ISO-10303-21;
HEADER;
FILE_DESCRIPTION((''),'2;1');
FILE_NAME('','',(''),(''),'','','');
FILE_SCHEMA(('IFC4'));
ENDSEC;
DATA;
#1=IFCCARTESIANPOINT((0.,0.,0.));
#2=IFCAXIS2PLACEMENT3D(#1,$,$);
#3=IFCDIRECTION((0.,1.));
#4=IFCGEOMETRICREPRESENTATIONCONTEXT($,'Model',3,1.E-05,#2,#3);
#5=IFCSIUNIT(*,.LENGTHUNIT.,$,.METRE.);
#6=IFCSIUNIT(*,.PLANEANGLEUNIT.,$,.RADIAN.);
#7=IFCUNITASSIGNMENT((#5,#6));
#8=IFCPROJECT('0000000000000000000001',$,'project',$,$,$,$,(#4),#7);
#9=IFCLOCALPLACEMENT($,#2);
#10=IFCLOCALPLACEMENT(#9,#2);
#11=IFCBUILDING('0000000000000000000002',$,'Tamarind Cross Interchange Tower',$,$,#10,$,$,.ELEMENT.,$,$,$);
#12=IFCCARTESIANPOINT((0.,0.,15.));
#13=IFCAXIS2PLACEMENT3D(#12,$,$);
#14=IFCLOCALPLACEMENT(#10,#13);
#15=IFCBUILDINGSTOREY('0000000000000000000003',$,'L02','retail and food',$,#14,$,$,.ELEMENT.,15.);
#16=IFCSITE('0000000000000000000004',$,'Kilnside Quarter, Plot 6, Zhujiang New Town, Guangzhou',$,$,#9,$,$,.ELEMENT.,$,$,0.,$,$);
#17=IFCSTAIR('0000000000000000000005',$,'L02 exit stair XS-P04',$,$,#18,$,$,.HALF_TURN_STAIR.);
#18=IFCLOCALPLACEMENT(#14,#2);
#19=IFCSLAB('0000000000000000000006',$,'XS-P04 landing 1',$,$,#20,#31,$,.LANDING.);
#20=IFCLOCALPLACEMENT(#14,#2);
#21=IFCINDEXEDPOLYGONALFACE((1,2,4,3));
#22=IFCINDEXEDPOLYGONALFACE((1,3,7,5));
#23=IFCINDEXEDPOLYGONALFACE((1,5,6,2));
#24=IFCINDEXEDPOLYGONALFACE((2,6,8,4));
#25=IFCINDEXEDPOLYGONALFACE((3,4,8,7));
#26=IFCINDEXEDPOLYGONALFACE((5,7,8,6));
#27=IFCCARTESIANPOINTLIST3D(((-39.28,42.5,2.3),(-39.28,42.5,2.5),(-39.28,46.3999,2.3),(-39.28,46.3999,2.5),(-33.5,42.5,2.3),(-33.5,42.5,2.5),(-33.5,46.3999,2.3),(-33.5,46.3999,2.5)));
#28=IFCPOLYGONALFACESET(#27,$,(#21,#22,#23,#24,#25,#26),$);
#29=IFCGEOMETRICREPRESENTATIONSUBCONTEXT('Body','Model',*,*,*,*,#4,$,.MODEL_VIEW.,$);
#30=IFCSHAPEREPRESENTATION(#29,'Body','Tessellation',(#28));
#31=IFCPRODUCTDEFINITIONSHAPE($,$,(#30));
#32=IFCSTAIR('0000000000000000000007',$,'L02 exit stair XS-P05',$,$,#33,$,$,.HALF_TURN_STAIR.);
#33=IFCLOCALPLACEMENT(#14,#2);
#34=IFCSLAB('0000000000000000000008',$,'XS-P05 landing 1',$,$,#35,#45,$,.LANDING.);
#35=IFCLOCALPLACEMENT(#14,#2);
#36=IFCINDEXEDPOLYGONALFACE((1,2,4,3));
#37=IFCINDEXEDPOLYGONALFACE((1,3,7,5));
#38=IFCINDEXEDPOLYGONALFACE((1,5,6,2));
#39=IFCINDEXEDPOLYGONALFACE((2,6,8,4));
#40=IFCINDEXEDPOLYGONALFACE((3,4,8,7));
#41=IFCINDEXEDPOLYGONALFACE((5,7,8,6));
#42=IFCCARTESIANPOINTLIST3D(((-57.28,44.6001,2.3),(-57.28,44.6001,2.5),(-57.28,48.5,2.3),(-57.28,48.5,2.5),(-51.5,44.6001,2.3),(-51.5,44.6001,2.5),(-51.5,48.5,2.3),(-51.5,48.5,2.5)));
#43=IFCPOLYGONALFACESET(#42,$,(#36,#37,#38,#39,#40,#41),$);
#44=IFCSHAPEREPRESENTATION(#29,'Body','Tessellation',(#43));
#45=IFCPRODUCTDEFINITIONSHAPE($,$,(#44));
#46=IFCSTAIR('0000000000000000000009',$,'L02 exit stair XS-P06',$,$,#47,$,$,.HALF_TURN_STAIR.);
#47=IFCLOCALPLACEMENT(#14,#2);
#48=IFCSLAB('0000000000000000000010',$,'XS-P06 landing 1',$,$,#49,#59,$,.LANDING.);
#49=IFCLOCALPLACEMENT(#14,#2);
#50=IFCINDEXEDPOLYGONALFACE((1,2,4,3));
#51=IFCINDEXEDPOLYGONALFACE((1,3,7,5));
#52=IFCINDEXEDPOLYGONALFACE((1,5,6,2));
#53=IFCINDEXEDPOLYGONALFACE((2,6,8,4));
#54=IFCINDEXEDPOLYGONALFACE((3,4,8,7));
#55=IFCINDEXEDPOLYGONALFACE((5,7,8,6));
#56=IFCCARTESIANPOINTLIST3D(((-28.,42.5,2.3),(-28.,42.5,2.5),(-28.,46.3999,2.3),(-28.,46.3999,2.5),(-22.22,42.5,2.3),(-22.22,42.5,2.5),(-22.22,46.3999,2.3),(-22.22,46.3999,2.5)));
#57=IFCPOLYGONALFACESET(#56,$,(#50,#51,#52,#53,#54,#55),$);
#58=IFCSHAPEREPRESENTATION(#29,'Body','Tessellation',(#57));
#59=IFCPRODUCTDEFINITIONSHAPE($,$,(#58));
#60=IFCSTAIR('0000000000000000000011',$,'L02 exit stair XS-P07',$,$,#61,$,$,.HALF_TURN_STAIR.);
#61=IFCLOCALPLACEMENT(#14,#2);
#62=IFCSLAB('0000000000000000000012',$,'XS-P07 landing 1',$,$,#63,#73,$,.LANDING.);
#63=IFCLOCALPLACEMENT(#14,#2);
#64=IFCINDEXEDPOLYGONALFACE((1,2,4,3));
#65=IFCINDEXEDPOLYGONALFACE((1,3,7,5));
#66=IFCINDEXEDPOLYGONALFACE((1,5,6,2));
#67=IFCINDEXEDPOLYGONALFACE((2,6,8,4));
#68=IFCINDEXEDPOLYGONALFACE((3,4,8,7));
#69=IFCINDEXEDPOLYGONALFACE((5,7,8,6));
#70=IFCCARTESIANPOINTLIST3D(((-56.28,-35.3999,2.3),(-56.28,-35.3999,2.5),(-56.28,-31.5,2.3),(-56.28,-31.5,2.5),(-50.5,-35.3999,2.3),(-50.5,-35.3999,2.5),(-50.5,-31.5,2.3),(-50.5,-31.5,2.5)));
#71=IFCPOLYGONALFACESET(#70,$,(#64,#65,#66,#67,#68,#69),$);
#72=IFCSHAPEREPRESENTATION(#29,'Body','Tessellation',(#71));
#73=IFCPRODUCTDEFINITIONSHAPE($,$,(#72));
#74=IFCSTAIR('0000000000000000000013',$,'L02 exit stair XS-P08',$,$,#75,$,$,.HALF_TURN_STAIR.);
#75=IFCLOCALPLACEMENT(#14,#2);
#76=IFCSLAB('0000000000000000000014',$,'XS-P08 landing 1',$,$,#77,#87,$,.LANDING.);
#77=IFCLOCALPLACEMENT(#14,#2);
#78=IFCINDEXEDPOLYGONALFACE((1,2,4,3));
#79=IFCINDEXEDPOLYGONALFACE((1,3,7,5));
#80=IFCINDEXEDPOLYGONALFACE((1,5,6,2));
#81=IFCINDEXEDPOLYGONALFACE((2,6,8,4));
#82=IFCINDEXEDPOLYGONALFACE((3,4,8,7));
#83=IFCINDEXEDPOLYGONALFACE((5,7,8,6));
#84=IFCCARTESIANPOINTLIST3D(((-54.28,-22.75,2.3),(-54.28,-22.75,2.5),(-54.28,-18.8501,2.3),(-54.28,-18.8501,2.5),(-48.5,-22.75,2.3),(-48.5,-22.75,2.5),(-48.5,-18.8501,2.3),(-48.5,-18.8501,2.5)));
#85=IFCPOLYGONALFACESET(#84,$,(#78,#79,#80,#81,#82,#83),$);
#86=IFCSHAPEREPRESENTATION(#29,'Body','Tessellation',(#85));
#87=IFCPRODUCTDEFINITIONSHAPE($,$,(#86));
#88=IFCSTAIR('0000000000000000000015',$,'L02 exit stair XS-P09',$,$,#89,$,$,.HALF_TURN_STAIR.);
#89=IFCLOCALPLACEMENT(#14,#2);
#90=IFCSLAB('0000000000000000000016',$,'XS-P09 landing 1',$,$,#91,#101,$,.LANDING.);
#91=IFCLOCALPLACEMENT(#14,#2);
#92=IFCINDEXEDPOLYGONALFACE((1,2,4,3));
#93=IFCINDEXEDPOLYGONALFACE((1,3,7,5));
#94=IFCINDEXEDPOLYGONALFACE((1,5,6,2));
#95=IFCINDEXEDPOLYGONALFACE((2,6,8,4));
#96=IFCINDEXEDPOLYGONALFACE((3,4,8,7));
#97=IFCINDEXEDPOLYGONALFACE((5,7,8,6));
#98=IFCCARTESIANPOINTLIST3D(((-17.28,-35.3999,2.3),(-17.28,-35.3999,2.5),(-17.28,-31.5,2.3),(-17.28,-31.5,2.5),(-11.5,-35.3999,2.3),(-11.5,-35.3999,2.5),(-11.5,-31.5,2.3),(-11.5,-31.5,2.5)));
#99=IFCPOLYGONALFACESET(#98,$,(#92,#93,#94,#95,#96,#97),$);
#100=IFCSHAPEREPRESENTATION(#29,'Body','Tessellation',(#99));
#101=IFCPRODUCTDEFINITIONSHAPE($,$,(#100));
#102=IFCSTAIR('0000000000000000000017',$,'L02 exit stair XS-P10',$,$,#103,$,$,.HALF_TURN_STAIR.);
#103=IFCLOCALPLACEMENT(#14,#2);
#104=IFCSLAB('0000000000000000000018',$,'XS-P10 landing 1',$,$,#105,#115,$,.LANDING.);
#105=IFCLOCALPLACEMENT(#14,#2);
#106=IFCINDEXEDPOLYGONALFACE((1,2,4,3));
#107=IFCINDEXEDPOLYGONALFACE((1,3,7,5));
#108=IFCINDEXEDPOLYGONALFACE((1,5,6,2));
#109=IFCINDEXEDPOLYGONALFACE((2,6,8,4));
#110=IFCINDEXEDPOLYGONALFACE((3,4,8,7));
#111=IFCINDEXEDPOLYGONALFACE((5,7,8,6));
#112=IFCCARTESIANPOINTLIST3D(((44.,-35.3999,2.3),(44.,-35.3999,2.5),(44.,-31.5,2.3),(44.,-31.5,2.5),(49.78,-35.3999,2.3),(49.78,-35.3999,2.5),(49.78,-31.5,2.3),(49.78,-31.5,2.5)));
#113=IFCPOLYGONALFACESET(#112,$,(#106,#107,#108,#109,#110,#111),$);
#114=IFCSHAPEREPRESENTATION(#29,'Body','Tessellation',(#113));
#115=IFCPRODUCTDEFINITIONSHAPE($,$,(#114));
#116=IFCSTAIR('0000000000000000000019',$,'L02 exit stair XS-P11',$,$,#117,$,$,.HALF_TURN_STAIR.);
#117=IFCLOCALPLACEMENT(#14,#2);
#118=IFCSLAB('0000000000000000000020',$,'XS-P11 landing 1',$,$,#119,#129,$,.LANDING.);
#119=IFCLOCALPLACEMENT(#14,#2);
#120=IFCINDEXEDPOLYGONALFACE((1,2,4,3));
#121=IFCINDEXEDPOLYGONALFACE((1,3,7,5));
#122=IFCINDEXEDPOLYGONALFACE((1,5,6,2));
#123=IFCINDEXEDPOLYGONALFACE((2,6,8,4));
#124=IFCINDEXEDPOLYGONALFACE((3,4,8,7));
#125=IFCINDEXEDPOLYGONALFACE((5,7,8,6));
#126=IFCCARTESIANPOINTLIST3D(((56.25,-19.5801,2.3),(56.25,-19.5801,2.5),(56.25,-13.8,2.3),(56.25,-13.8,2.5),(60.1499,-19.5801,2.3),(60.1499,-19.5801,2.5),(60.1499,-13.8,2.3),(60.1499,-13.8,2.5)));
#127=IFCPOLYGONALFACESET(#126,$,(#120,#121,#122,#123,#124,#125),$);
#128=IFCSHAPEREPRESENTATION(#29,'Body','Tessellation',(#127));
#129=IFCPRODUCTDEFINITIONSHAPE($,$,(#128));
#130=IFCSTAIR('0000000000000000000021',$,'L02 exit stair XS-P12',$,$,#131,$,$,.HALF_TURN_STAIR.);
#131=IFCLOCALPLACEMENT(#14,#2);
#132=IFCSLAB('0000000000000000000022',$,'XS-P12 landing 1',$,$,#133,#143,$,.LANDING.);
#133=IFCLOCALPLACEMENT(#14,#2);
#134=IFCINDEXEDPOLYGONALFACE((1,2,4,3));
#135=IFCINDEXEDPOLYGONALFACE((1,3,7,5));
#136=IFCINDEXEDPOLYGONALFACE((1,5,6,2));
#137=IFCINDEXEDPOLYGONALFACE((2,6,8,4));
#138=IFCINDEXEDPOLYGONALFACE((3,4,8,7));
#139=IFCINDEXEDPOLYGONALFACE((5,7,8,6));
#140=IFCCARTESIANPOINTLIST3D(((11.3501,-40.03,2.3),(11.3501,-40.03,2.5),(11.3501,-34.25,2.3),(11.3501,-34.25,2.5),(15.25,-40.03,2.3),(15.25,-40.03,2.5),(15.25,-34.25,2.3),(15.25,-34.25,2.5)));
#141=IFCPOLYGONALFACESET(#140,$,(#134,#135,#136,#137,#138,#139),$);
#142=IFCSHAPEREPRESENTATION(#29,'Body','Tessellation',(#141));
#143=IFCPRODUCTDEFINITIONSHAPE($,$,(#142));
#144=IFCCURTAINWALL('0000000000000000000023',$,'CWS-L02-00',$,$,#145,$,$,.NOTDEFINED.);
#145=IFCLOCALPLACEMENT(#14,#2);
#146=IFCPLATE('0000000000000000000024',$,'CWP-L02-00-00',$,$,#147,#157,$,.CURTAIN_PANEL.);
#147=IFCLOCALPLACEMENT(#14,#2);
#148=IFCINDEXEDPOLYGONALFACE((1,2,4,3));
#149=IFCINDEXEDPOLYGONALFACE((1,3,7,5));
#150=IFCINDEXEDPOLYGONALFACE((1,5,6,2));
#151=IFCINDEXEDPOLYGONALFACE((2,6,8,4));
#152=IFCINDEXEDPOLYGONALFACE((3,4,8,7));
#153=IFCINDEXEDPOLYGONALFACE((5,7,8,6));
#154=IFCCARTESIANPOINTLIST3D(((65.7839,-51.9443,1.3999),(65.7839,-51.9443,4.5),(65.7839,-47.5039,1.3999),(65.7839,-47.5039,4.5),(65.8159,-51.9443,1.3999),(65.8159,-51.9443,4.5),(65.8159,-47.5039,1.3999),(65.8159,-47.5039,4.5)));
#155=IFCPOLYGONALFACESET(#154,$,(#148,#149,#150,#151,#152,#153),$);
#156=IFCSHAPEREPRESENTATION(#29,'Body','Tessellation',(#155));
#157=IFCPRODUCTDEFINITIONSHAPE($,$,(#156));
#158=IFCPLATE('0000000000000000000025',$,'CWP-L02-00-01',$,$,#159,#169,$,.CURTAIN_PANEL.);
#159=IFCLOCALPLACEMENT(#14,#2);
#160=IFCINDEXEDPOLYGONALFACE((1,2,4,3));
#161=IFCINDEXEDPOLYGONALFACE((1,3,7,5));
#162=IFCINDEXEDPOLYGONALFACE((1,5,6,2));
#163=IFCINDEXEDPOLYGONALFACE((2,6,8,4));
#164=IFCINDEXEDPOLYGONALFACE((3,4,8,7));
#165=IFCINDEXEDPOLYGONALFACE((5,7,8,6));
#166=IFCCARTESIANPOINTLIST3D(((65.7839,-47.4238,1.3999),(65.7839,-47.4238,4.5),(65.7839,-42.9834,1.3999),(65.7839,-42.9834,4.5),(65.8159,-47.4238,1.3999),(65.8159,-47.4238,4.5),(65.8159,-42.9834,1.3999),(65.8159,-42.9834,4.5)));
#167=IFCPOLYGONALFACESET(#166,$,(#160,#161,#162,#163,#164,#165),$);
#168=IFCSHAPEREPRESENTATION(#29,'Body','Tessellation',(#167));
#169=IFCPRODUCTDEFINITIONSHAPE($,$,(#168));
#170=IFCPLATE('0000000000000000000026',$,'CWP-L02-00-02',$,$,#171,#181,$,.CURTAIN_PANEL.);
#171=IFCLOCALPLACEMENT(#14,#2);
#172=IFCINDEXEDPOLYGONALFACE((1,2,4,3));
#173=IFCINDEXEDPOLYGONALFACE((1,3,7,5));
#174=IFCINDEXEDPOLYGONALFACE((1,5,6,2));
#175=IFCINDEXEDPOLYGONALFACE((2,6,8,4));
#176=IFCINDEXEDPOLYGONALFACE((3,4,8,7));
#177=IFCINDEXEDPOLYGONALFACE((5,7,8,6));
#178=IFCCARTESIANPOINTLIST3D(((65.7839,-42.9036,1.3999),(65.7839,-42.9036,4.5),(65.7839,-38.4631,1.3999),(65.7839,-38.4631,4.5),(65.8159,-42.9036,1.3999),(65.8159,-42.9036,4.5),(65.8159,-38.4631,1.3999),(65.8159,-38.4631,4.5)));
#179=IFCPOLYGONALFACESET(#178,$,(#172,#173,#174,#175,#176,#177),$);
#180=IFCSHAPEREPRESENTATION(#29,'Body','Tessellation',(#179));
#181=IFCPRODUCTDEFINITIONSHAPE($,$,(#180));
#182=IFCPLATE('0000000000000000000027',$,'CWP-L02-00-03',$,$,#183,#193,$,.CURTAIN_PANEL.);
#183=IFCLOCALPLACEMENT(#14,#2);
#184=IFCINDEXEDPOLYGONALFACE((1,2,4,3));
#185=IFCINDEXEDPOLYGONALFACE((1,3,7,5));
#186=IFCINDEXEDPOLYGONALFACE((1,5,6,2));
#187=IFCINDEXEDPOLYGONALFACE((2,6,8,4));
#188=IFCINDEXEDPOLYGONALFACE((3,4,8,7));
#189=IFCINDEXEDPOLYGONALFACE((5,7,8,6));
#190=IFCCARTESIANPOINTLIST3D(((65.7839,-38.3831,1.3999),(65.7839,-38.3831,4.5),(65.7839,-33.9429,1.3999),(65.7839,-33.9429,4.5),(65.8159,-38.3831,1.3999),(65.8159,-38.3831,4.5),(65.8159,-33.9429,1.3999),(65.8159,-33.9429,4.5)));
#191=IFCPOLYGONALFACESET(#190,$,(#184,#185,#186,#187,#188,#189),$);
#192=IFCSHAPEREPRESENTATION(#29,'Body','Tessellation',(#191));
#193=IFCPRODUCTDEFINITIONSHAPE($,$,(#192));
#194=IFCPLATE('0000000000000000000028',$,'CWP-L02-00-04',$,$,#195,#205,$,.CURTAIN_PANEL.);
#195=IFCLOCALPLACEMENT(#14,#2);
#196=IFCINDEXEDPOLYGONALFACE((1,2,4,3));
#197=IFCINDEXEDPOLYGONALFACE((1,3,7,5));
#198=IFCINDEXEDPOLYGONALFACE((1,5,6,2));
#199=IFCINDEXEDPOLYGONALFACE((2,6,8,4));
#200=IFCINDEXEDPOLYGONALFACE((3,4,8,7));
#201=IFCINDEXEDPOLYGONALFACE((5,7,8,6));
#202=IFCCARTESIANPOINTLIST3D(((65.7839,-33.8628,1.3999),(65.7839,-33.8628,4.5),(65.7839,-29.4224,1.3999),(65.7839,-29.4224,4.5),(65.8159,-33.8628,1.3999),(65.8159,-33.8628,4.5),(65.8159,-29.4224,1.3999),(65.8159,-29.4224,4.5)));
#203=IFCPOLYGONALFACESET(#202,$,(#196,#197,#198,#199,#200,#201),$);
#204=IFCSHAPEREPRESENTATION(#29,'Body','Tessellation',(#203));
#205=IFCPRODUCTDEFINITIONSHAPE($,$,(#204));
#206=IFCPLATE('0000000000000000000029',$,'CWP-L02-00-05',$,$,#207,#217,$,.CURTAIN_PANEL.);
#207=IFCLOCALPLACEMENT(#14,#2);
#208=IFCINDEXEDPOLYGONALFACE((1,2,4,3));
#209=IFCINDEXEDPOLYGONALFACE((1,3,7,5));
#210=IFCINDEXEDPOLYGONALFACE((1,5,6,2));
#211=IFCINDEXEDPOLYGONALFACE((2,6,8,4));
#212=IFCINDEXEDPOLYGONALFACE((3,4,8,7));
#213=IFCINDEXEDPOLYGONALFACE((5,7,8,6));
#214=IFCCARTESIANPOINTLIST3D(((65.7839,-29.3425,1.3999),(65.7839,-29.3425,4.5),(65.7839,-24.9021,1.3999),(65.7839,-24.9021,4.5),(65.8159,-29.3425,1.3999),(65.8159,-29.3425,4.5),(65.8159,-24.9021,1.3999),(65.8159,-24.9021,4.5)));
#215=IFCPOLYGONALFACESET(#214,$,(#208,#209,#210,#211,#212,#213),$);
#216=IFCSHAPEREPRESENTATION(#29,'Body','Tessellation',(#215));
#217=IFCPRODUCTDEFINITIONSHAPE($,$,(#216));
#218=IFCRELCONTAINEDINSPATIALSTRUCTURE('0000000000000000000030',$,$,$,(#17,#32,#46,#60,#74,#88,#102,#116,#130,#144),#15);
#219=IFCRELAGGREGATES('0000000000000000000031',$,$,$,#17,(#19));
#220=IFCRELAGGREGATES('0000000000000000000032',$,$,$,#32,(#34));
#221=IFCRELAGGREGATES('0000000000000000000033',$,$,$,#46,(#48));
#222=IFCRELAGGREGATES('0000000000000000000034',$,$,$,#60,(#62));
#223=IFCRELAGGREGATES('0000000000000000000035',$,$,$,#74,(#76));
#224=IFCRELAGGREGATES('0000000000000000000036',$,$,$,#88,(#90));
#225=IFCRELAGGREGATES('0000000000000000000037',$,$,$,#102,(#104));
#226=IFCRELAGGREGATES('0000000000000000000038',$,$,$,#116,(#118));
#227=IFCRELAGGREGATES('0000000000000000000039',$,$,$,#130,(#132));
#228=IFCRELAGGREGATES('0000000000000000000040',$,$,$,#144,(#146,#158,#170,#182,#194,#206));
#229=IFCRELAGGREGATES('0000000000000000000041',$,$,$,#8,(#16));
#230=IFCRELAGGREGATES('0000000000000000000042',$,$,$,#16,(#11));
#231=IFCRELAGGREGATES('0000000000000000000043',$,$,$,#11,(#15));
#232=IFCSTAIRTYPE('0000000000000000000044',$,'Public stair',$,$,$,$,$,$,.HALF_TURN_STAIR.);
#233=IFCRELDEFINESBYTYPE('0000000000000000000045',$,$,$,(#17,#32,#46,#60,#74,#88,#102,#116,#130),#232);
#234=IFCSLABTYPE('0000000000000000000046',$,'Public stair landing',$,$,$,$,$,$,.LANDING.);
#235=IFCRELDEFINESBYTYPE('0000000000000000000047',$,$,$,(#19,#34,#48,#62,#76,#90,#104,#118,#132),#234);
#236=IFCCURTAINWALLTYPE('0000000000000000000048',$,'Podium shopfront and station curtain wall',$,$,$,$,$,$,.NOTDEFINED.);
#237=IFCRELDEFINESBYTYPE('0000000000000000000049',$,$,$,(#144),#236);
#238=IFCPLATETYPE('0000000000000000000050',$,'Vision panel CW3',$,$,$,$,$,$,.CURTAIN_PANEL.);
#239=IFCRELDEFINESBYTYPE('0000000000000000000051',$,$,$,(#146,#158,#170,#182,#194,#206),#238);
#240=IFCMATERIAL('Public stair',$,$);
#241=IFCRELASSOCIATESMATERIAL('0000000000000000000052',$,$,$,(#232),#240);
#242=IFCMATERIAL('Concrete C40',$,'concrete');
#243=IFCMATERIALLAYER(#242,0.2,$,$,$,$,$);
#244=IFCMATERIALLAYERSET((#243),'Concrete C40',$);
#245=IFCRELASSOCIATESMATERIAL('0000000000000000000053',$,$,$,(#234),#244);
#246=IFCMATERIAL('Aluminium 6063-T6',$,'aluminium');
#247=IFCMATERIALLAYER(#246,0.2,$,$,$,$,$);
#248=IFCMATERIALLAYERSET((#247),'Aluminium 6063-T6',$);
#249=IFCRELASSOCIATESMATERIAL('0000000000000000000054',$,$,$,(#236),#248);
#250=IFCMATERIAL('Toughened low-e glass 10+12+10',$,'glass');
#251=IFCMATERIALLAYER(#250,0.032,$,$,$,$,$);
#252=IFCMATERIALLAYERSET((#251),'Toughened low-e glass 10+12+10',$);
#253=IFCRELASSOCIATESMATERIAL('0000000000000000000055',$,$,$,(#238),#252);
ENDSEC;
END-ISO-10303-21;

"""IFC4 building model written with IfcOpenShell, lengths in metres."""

from ifc_helpers import new_model, si_unit, direction, frame, origin, place, context, subcontext, project, spatial, polyline, outline, extrude, material, layer, layer_set, type_object, element, aggregate, save


model = new_model("IFC4")

# Units and contexts
model_context = context("Model", 3, precision=1e-05, world=origin(), true_north=direction((0.0, 1.0)))
body_context = subcontext(model_context, "Body", "Model", "MODEL_VIEW")
ifc_project = project(units=[si_unit("LENGTHUNIT", "METRE"), si_unit("PLANEANGLEUNIT", "RADIAN")], contexts=[model_context])

# Site, building, storey
site_placement = place(None, origin())
site = spatial("IfcSite", under=ifc_project, at=site_placement, Name="Kilnside Quarter, Plot 6, Zhujiang New Town, Guangzhou", CompositionType="ELEMENT", RefElevation=0.0)
building_placement = place(site_placement, origin())
building = spatial("IfcBuilding", under=site, at=building_placement, Name="Tamarind Cross Interchange Tower", CompositionType="ELEMENT")
storey_placement = place(building_placement, frame((0.0, 0.0, 15.0)))
storey = spatial("IfcBuildingStorey", under=building, at=storey_placement, Name="L02", Description="retail and food", CompositionType="ELEMENT", Elevation=15.0)

# Stairs, slabs
ifc_material_1 = material(Name="Public stair")
stair_type = type_object("IfcStairType", Name="Public stair", PredefinedType="HALF_TURN_STAIR", material=ifc_material_1)
stair_1_placement = place(storey_placement, origin())
stair_1 = element("IfcStair", 1, at=stair_1_placement, inside=storey, type_object=stair_type, Name="L02 exit stair XS-P04", PredefinedType="HALF_TURN_STAIR")
ifc_material_2 = material(Name="Concrete C40", Category="concrete")
ifc_layer_1 = layer(ifc_material_2, 0.2)
ifc_layer_set_1 = layer_set([ifc_layer_1], Name="Concrete C40")
slab_type = type_object("IfcSlabType", Name="Public stair landing", PredefinedType="LANDING", material=ifc_layer_set_1)
slab_1_placement = place(storey_placement, frame((0.0, 0.0, 2.3)))
slab_1 = element("IfcSlab", 2, at=slab_1_placement, type_object=slab_type, Name="XS-P04 landing 1", PredefinedType="LANDING", context=body_context, shape_type="SweptSolid", body=[
    extrude(outline(polyline([(-39.28, 42.5), (-33.5, 42.5), (-33.5, 46.3999), (-39.28, 46.3999), (-39.28, 42.5)])), origin(), (0.0, 0.0, 1.0), 0.2),
])
aggregate(stair_1, [slab_1])
stair_2_placement = place(storey_placement, origin())
stair_2 = element("IfcStair", 3, at=stair_2_placement, inside=storey, type_object=stair_type, Name="L02 exit stair XS-P05", PredefinedType="HALF_TURN_STAIR")
slab_2_placement = place(storey_placement, frame((0.0, 0.0, 2.3)))
slab_2 = element("IfcSlab", 4, at=slab_2_placement, type_object=slab_type, Name="XS-P05 landing 1", PredefinedType="LANDING", context=body_context, shape_type="SweptSolid", body=[
    extrude(outline(polyline([(-57.28, 44.6001), (-51.5, 44.6001), (-51.5, 48.5), (-57.28, 48.5), (-57.28, 44.6001)])), origin(), (0.0, 0.0, 1.0), 0.2),
])
aggregate(stair_2, [slab_2])
stair_3_placement = place(storey_placement, origin())
stair_3 = element("IfcStair", 5, at=stair_3_placement, inside=storey, type_object=stair_type, Name="L02 exit stair XS-P06", PredefinedType="HALF_TURN_STAIR")
slab_3_placement = place(storey_placement, frame((0.0, 0.0, 2.3)))
slab_3 = element("IfcSlab", 6, at=slab_3_placement, type_object=slab_type, Name="XS-P06 landing 1", PredefinedType="LANDING", context=body_context, shape_type="SweptSolid", body=[
    extrude(outline(polyline([(-22.22, 46.3999), (-28.0, 46.3999), (-28.0, 42.5), (-22.22, 42.5), (-22.22, 46.3999)])), origin(), (0.0, 0.0, 1.0), 0.2),
])
aggregate(stair_3, [slab_3])
stair_4_placement = place(storey_placement, origin())
stair_4 = element("IfcStair", 7, at=stair_4_placement, inside=storey, type_object=stair_type, Name="L02 exit stair XS-P07", PredefinedType="HALF_TURN_STAIR")
slab_4_placement = place(storey_placement, frame((0.0, 0.0, 2.3)))
slab_4 = element("IfcSlab", 8, at=slab_4_placement, type_object=slab_type, Name="XS-P07 landing 1", PredefinedType="LANDING", context=body_context, shape_type="SweptSolid", body=[
    extrude(outline(polyline([(-56.28, -35.3999), (-50.5, -35.3999), (-50.5, -31.5), (-56.28, -31.5), (-56.28, -35.3999)])), origin(), (0.0, 0.0, 1.0), 0.2),
])
aggregate(stair_4, [slab_4])
stair_5_placement = place(storey_placement, origin())
stair_5 = element("IfcStair", 9, at=stair_5_placement, inside=storey, type_object=stair_type, Name="L02 exit stair XS-P08", PredefinedType="HALF_TURN_STAIR")
slab_5_placement = place(storey_placement, frame((0.0, 0.0, 2.3)))
slab_5 = element("IfcSlab", 10, at=slab_5_placement, type_object=slab_type, Name="XS-P08 landing 1", PredefinedType="LANDING", context=body_context, shape_type="SweptSolid", body=[
    extrude(outline(polyline([(-54.28, -22.75), (-48.5, -22.75), (-48.5, -18.8501), (-54.28, -18.8501), (-54.28, -22.75)])), origin(), (0.0, 0.0, 1.0), 0.2),
])
aggregate(stair_5, [slab_5])
stair_6_placement = place(storey_placement, origin())
stair_6 = element("IfcStair", 11, at=stair_6_placement, inside=storey, type_object=stair_type, Name="L02 exit stair XS-P09", PredefinedType="HALF_TURN_STAIR")
slab_6_placement = place(storey_placement, frame((0.0, 0.0, 2.3)))
slab_6 = element("IfcSlab", 12, at=slab_6_placement, type_object=slab_type, Name="XS-P09 landing 1", PredefinedType="LANDING", context=body_context, shape_type="SweptSolid", body=[
    extrude(outline(polyline([(-17.28, -35.3999), (-11.5, -35.3999), (-11.5, -31.5), (-17.28, -31.5), (-17.28, -35.3999)])), origin(), (0.0, 0.0, 1.0), 0.2),
])
aggregate(stair_6, [slab_6])
stair_7_placement = place(storey_placement, origin())
stair_7 = element("IfcStair", 13, at=stair_7_placement, inside=storey, type_object=stair_type, Name="L02 exit stair XS-P10", PredefinedType="HALF_TURN_STAIR")
slab_7_placement = place(storey_placement, frame((0.0, 0.0, 2.3)))
slab_7 = element("IfcSlab", 14, at=slab_7_placement, type_object=slab_type, Name="XS-P10 landing 1", PredefinedType="LANDING", context=body_context, shape_type="SweptSolid", body=[
    extrude(outline(polyline([(49.78, -31.5), (44.0, -31.5), (44.0, -35.3999), (49.78, -35.3999), (49.78, -31.5)])), origin(), (0.0, 0.0, 1.0), 0.2),
])
aggregate(stair_7, [slab_7])
stair_8_placement = place(storey_placement, origin())
stair_8 = element("IfcStair", 15, at=stair_8_placement, inside=storey, type_object=stair_type, Name="L02 exit stair XS-P11", PredefinedType="HALF_TURN_STAIR")
slab_8_placement = place(storey_placement, frame((0.0, 0.0, 2.3)))
slab_8 = element("IfcSlab", 16, at=slab_8_placement, type_object=slab_type, Name="XS-P11 landing 1", PredefinedType="LANDING", context=body_context, shape_type="SweptSolid", body=[
    extrude(outline(polyline([(60.1499, -19.5801), (60.1499, -13.8), (56.25, -13.8), (56.25, -19.5801), (60.1499, -19.5801)])), origin(), (0.0, 0.0, 1.0), 0.2),
])
aggregate(stair_8, [slab_8])
stair_9_placement = place(storey_placement, origin())
stair_9 = element("IfcStair", 17, at=stair_9_placement, inside=storey, type_object=stair_type, Name="L02 exit stair XS-P12", PredefinedType="HALF_TURN_STAIR")
slab_9_placement = place(storey_placement, frame((0.0, 0.0, 2.3)))
slab_9 = element("IfcSlab", 18, at=slab_9_placement, type_object=slab_type, Name="XS-P12 landing 1", PredefinedType="LANDING", context=body_context, shape_type="SweptSolid", body=[
    extrude(outline(polyline([(15.25, -40.03), (15.25, -34.25), (11.3501, -34.25), (11.3501, -40.03), (15.25, -40.03)])), origin(), (0.0, 0.0, 1.0), 0.2),
])
aggregate(stair_9, [slab_9])

# Curtain wall, plates
ifc_material_3 = material(Name="Aluminium 6063-T6", Category="aluminium")
ifc_layer_2 = layer(ifc_material_3, 0.2)
ifc_layer_set_2 = layer_set([ifc_layer_2], Name="Aluminium 6063-T6")
curtain_wall_type = type_object("IfcCurtainWallType", Name="Podium shopfront and station curtain wall", PredefinedType="NOTDEFINED", material=ifc_layer_set_2)
curtain_wall_placement = place(storey_placement, origin())
curtain_wall = element("IfcCurtainWall", 19, at=curtain_wall_placement, inside=storey, type_object=curtain_wall_type, Name="CWS-L02-00", PredefinedType="NOTDEFINED")
ifc_material_4 = material(Name="Toughened low-e glass 10+12+10", Category="glass")
ifc_layer_3 = layer(ifc_material_4, 0.032)
ifc_layer_set_3 = layer_set([ifc_layer_3], Name="Toughened low-e glass 10+12+10")
plate_type = type_object("IfcPlateType", Name="Vision panel CW3", PredefinedType="CURTAIN_PANEL", material=ifc_layer_set_3)
plate_1_placement = place(storey_placement, frame((0.0, 0.0, 1.3999)))
plate_1 = element("IfcPlate", 20, at=plate_1_placement, type_object=plate_type, Name="CWP-L02-00-00", PredefinedType="CURTAIN_PANEL", context=body_context, shape_type="SweptSolid", body=[
    extrude(outline(polyline([(65.7839, -51.9443), (65.7839, -47.5039), (65.8159, -47.5039), (65.8159, -51.9443), (65.7839, -51.9443)])), origin(), (0.0, 0.0, 1.0), 3.1001),
])
plate_2_placement = place(storey_placement, frame((0.0, 0.0, 1.3999)))
plate_2 = element("IfcPlate", 21, at=plate_2_placement, type_object=plate_type, Name="CWP-L02-00-01", PredefinedType="CURTAIN_PANEL", context=body_context, shape_type="SweptSolid", body=[
    extrude(outline(polyline([(65.7839, -47.4238), (65.7839, -42.9834), (65.8159, -42.9834), (65.8159, -47.4238), (65.7839, -47.4238)])), origin(), (0.0, 0.0, 1.0), 3.1001),
])
plate_3_placement = place(storey_placement, frame((0.0, 0.0, 1.3999)))
plate_3 = element("IfcPlate", 22, at=plate_3_placement, type_object=plate_type, Name="CWP-L02-00-02", PredefinedType="CURTAIN_PANEL", context=body_context, shape_type="SweptSolid", body=[
    extrude(outline(polyline([(65.7839, -42.9036), (65.7839, -38.4631), (65.8159, -38.4631), (65.8159, -42.9036), (65.7839, -42.9036)])), origin(), (0.0, 0.0, 1.0), 3.1001),
])
plate_4_placement = place(storey_placement, frame((0.0, 0.0, 1.3999)))
plate_4 = element("IfcPlate", 23, at=plate_4_placement, type_object=plate_type, Name="CWP-L02-00-03", PredefinedType="CURTAIN_PANEL", context=body_context, shape_type="SweptSolid", body=[
    extrude(outline(polyline([(65.7839, -38.3831), (65.7839, -33.9429), (65.8159, -33.9429), (65.8159, -38.3831), (65.7839, -38.3831)])), origin(), (0.0, 0.0, 1.0), 3.1001),
])
plate_5_placement = place(storey_placement, frame((0.0, 0.0, 1.3999)))
plate_5 = element("IfcPlate", 24, at=plate_5_placement, type_object=plate_type, Name="CWP-L02-00-04", PredefinedType="CURTAIN_PANEL", context=body_context, shape_type="SweptSolid", body=[
    extrude(outline(polyline([(65.7839, -33.8628), (65.7839, -29.4224), (65.8159, -29.4224), (65.8159, -33.8628), (65.7839, -33.8628)])), origin(), (0.0, 0.0, 1.0), 3.1001),
])
plate_6_placement = place(storey_placement, frame((0.0, 0.0, 1.3999)))
plate_6 = element("IfcPlate", 25, at=plate_6_placement, type_object=plate_type, Name="CWP-L02-00-05", PredefinedType="CURTAIN_PANEL", context=body_context, shape_type="SweptSolid", body=[
    extrude(outline(polyline([(65.7839, -29.3425), (65.7839, -24.9021), (65.8159, -24.9021), (65.8159, -29.3425), (65.7839, -29.3425)])), origin(), (0.0, 0.0, 1.0), 3.1001),
])
aggregate(curtain_wall, [plate_1, plate_2, plate_3, plate_4, plate_5, plate_6])

save(model, "model.ifc")
